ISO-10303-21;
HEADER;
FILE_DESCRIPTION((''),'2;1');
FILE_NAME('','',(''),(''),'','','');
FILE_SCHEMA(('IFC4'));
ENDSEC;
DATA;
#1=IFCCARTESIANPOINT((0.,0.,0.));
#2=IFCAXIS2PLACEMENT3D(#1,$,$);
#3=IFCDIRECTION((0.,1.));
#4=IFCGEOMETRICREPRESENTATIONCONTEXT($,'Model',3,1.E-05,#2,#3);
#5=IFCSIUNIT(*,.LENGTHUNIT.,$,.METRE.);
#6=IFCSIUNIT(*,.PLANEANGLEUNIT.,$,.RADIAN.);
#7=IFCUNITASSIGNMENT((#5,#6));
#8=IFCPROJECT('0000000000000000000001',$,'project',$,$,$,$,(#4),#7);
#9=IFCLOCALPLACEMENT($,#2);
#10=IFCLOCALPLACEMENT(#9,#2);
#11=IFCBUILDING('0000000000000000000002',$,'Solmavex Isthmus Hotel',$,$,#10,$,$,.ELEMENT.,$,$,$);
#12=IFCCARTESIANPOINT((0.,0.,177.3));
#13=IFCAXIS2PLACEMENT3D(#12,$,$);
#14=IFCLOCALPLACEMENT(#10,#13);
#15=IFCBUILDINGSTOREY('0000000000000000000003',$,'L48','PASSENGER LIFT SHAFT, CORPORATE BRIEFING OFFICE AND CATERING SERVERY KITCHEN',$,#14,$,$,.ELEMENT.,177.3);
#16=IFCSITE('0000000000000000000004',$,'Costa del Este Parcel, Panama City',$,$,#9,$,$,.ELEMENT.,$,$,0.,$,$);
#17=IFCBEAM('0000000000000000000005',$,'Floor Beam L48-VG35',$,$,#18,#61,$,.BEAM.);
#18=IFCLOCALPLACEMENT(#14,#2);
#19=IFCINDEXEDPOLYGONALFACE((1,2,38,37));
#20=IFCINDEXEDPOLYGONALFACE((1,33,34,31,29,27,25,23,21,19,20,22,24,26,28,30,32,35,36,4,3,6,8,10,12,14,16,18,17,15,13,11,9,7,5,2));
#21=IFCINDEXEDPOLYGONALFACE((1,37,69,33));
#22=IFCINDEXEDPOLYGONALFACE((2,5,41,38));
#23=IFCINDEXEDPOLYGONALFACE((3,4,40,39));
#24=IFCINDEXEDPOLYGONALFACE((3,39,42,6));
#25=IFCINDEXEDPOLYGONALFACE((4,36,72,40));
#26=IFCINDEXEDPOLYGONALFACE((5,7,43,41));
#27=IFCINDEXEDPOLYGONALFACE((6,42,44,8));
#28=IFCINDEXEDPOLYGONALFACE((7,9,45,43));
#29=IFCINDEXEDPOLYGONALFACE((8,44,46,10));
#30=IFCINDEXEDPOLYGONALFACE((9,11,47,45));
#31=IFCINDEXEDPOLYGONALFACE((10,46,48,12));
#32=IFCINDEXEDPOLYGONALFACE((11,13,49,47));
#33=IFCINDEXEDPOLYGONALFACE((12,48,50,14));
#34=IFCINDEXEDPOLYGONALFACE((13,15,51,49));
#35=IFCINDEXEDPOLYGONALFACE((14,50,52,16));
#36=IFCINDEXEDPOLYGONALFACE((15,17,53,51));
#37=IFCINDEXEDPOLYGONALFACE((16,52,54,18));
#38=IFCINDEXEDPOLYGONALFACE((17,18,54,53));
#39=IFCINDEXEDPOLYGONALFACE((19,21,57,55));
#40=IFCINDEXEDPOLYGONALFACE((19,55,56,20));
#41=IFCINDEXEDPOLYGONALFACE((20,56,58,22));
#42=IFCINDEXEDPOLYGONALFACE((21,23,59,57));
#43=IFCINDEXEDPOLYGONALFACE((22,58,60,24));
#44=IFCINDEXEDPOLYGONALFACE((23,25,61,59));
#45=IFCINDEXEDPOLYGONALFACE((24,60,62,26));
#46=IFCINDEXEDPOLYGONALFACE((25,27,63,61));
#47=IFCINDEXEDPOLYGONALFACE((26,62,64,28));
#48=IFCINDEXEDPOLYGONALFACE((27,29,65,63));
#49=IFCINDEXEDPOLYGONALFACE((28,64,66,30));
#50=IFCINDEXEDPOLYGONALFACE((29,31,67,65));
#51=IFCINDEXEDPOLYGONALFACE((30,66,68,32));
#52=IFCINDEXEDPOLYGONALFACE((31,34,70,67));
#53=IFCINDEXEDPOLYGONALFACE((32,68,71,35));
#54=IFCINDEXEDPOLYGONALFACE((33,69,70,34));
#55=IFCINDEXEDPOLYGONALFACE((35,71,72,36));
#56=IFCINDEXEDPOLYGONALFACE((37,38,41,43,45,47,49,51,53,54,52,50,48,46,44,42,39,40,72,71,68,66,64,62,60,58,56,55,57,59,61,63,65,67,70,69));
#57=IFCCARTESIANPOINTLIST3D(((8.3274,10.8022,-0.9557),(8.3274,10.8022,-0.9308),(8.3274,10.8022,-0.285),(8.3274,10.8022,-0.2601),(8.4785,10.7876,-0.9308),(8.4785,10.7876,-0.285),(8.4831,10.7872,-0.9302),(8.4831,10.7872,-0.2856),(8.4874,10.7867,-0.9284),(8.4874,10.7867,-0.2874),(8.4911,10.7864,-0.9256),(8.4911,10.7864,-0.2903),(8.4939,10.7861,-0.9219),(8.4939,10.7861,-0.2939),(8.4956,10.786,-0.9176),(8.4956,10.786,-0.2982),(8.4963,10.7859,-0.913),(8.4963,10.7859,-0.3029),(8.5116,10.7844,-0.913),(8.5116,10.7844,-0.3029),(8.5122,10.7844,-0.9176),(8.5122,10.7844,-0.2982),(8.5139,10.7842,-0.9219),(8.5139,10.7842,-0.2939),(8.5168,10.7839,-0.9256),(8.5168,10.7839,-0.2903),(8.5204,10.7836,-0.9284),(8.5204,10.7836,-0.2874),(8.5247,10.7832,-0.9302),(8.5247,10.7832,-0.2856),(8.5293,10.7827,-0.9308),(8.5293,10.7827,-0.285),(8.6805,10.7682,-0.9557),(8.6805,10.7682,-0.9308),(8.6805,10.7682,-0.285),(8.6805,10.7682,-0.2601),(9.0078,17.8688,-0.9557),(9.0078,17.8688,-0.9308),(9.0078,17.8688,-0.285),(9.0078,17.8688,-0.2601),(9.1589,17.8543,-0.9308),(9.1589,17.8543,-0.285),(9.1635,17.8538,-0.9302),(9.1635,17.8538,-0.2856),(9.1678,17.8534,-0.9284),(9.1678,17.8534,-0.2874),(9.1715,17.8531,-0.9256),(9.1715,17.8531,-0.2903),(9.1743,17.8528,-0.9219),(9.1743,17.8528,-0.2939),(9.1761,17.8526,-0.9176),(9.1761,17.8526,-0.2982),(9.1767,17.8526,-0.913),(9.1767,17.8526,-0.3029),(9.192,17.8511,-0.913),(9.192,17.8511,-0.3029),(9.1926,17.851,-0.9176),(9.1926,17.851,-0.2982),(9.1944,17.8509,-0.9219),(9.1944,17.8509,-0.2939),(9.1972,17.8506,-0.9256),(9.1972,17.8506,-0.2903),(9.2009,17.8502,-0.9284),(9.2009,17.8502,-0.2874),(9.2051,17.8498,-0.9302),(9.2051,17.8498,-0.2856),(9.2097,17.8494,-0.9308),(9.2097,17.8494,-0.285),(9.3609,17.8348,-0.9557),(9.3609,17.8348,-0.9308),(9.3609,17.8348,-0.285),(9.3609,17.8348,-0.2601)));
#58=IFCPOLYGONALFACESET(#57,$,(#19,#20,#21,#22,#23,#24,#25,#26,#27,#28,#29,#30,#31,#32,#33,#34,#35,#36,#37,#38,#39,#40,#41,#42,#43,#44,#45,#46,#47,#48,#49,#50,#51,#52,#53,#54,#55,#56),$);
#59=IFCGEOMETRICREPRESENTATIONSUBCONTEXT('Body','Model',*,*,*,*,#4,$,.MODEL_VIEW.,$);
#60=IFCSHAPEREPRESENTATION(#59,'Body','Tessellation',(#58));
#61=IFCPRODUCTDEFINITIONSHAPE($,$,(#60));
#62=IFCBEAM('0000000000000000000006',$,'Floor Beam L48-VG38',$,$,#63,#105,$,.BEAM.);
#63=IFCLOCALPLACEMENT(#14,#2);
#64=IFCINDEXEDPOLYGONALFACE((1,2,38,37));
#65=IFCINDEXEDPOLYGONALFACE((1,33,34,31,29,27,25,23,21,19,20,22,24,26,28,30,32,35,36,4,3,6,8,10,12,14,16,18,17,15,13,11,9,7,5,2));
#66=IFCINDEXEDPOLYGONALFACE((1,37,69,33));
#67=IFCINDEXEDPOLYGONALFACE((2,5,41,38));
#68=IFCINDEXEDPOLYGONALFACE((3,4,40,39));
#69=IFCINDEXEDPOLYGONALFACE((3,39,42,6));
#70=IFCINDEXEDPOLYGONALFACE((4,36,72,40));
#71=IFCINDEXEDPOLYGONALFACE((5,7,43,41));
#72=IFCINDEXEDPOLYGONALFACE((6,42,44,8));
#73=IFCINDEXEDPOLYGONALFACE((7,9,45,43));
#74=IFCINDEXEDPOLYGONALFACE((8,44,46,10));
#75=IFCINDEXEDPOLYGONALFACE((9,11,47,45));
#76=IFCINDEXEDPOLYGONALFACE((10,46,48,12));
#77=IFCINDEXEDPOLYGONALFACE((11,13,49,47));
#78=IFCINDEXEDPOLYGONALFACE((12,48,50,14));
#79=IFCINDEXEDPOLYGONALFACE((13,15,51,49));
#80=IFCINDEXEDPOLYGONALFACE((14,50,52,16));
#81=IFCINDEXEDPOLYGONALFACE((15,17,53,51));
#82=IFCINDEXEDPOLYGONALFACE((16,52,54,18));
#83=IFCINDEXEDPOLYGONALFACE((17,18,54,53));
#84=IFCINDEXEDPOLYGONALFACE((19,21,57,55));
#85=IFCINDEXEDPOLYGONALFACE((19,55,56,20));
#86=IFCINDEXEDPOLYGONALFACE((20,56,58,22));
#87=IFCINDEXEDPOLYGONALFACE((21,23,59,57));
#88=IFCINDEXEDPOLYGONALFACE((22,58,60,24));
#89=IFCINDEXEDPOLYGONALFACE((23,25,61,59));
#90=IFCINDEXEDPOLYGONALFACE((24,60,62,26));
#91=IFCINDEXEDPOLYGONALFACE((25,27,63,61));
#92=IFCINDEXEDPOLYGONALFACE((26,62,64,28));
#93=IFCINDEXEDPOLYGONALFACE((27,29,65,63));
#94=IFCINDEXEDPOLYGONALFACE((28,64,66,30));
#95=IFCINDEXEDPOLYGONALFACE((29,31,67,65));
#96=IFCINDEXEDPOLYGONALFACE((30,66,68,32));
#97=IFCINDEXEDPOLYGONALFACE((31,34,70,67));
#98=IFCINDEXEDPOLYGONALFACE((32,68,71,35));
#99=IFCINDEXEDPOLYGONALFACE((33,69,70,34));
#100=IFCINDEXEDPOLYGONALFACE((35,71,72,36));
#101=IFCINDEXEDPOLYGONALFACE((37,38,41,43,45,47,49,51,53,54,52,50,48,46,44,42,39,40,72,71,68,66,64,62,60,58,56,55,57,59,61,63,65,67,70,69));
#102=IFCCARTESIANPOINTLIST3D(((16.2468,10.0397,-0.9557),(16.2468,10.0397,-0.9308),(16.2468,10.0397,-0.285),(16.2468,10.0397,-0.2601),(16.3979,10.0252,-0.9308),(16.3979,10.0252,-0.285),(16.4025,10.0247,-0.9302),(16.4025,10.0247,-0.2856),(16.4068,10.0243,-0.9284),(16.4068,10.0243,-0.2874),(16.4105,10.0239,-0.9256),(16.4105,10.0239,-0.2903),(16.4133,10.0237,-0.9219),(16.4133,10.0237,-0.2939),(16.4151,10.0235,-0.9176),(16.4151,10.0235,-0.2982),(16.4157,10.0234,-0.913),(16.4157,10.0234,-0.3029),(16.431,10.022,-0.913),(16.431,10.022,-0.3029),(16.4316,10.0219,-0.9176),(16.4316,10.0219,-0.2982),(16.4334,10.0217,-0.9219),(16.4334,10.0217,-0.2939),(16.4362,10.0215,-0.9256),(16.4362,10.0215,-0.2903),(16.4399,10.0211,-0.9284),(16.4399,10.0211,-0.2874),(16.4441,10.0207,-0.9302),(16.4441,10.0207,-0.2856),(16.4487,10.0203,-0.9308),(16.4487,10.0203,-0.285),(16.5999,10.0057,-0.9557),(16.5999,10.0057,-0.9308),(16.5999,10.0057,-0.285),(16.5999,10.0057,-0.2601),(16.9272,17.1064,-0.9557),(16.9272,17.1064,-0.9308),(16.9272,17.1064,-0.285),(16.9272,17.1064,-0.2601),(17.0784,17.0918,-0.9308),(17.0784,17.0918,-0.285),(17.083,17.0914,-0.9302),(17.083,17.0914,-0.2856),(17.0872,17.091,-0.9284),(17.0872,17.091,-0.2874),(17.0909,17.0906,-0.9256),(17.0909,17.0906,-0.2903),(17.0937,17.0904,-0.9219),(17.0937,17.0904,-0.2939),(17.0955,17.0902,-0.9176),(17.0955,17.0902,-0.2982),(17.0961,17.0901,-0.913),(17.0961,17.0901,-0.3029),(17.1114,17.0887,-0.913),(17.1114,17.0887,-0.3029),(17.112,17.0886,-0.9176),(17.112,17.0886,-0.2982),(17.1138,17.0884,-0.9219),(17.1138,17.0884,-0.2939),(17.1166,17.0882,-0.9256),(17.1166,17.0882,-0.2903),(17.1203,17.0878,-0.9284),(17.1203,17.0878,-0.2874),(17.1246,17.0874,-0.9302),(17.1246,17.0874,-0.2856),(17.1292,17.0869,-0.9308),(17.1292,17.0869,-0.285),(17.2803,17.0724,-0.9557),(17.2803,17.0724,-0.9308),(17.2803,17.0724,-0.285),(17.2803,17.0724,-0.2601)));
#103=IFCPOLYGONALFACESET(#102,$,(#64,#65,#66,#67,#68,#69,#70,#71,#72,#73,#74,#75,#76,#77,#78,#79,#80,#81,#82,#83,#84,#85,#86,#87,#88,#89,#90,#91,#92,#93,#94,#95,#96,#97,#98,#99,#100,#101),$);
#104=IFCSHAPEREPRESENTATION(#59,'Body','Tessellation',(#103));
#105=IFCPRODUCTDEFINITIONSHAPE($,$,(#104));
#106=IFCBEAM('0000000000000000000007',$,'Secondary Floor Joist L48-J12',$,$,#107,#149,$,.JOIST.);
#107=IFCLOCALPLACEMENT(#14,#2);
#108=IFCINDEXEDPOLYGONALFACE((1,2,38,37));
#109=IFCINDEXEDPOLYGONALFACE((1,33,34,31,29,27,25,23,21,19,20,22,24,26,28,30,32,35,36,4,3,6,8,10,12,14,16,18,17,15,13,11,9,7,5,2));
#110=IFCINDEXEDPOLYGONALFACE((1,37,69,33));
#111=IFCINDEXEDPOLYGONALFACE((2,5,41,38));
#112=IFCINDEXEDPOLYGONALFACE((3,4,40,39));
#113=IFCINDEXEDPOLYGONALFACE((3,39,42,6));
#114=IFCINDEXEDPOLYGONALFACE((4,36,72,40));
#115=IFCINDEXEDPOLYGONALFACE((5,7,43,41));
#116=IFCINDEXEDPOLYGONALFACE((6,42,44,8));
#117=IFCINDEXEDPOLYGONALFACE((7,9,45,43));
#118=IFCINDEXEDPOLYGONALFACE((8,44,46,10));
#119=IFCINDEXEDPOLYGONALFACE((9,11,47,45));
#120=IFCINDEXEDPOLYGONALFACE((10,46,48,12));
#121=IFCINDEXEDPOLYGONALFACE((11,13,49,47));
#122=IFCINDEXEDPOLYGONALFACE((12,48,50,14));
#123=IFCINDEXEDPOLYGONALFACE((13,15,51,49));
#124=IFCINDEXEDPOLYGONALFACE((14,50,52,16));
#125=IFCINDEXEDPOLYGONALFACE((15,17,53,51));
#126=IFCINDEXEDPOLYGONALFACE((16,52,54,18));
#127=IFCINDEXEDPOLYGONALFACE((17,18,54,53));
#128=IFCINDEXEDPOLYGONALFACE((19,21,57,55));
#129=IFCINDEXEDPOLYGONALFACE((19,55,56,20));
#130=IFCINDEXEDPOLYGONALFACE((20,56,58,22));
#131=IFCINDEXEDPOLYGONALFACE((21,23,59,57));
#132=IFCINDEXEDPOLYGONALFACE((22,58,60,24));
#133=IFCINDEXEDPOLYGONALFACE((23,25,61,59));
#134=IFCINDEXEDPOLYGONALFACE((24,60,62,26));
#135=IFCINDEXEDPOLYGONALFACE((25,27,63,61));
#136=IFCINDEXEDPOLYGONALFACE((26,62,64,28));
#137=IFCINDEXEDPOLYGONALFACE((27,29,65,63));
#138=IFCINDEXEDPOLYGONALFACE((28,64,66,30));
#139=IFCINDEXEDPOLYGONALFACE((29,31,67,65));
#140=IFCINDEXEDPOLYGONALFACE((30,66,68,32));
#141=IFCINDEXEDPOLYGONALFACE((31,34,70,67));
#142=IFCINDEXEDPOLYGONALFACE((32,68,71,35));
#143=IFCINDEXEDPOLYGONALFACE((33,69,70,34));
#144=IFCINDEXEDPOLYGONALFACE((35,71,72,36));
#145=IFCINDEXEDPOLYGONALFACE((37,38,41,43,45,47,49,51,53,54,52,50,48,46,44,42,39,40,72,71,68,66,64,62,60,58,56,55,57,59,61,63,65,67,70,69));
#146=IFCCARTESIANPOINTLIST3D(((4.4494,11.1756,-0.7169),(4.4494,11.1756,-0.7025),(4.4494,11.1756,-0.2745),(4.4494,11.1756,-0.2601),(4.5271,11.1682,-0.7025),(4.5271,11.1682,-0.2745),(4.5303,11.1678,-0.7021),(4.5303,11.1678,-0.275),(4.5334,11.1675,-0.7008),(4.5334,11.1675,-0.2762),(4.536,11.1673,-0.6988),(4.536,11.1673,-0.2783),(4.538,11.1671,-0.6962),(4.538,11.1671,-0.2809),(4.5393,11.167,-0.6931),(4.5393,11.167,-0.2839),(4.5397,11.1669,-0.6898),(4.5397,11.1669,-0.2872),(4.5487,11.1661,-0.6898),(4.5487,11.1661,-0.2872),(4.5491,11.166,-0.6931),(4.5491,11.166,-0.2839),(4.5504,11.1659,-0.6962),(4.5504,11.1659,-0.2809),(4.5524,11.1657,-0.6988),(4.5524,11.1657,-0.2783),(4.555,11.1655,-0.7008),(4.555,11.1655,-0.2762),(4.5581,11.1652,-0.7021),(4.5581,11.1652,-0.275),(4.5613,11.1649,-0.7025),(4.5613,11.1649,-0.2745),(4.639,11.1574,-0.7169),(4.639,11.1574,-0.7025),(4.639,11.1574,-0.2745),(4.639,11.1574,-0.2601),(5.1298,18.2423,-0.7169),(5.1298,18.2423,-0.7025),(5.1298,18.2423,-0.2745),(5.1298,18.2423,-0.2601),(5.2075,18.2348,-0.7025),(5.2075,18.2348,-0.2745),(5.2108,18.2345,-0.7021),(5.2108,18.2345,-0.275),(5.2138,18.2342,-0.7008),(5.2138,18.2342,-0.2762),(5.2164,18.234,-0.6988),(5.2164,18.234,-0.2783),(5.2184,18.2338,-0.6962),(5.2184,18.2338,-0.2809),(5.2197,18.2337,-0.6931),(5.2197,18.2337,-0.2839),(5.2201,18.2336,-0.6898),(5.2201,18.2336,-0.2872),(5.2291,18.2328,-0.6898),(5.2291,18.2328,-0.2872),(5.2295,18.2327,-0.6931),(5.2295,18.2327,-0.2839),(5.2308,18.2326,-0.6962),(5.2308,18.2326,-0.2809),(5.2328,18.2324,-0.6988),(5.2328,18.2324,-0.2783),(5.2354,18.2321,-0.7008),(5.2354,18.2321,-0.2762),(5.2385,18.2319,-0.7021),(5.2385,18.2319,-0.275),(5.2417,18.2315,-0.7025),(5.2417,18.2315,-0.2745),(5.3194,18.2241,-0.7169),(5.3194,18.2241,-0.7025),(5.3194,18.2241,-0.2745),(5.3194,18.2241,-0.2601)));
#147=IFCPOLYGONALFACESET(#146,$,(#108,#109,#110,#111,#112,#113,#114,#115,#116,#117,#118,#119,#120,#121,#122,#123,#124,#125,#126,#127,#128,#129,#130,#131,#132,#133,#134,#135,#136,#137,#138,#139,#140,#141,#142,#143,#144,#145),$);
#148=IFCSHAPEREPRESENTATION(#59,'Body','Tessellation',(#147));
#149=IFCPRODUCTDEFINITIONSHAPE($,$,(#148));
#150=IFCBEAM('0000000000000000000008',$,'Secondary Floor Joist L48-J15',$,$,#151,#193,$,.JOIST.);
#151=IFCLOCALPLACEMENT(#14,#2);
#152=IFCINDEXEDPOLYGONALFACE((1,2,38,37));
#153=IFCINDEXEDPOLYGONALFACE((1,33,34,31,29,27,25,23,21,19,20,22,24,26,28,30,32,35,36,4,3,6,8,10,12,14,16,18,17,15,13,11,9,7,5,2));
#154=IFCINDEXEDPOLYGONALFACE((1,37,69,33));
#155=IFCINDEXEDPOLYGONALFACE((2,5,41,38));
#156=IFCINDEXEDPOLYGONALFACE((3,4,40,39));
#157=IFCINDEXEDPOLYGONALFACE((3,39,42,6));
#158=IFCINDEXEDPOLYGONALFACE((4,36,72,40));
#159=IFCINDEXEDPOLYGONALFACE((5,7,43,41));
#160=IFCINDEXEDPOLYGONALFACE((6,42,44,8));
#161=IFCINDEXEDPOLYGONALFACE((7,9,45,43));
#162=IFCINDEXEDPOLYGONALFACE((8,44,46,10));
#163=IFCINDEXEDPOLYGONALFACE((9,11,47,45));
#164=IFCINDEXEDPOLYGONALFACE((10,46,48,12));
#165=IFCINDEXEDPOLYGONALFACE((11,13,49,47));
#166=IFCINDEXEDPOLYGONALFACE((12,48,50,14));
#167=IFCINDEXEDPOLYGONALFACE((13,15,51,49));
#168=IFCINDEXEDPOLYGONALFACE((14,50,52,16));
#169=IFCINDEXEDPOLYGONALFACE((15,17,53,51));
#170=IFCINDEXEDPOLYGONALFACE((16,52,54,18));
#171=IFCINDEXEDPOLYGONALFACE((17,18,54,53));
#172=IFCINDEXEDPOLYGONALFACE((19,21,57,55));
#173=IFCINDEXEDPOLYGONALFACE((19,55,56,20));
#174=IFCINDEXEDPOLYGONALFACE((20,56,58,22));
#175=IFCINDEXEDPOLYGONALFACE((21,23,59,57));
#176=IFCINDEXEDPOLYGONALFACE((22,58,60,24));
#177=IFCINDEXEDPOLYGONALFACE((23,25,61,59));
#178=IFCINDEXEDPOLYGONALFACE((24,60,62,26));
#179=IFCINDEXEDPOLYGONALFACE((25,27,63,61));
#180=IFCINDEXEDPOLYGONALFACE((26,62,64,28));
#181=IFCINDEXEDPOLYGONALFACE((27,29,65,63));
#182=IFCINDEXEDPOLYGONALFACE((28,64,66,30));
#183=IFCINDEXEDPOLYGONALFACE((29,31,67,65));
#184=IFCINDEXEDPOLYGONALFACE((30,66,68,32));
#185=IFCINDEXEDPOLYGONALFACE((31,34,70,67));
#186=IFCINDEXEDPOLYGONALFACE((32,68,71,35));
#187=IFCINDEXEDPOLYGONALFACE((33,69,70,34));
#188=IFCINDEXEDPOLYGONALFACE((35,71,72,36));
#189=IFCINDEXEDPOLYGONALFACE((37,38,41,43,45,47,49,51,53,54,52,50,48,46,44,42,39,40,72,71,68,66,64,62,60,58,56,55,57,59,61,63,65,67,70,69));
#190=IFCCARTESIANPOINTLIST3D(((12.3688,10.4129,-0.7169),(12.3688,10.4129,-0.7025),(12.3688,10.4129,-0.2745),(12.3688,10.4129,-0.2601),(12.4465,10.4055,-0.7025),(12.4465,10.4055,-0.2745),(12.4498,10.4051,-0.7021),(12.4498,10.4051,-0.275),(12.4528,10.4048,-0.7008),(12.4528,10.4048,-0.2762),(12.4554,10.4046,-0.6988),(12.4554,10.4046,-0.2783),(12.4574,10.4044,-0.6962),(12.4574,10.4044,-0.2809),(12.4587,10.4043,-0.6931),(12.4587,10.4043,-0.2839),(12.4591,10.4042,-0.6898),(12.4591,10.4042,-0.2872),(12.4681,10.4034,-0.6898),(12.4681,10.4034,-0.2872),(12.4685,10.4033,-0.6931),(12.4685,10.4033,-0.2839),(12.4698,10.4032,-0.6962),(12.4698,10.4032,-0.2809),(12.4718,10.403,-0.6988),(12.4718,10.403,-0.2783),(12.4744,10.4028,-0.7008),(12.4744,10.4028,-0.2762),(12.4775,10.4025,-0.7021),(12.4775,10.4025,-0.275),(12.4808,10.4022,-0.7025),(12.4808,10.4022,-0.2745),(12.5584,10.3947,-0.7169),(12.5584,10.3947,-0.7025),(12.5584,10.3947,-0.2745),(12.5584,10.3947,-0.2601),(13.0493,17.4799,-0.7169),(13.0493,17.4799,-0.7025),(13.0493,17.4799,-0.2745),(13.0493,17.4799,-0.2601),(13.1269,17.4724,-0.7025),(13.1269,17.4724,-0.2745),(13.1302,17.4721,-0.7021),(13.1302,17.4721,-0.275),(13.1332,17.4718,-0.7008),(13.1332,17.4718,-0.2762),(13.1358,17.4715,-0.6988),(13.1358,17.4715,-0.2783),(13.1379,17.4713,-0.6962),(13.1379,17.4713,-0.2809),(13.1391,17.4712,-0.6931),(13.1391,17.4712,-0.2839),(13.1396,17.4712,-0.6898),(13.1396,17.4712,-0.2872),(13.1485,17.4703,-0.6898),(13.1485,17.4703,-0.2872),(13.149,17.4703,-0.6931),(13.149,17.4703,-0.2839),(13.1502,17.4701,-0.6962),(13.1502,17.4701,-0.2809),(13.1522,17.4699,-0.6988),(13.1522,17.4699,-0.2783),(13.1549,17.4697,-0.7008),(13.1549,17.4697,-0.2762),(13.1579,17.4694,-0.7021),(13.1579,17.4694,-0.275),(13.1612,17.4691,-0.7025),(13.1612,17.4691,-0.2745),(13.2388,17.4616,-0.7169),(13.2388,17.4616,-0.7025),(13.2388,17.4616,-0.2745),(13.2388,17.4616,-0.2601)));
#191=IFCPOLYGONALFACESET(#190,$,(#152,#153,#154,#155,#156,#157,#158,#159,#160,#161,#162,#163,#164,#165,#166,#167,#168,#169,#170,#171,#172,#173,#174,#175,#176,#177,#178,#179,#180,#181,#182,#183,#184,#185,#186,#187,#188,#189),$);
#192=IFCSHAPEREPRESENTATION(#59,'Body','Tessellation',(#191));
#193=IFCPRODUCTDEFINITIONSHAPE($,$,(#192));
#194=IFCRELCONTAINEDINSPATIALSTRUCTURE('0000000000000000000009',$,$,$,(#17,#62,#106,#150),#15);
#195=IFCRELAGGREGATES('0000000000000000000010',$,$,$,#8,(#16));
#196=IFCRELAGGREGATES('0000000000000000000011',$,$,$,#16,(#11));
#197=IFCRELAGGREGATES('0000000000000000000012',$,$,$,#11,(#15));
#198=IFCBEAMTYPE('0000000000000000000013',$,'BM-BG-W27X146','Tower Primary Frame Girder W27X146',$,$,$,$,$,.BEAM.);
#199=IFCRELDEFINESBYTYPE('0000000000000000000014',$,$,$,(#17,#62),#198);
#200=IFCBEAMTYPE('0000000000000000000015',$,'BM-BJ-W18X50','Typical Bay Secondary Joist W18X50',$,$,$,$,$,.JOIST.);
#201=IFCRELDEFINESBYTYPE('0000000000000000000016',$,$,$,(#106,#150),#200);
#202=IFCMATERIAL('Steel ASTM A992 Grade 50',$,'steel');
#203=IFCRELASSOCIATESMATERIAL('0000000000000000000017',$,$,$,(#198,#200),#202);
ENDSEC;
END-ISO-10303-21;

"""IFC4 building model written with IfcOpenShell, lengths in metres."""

from ifc_helpers import new_model, si_unit, direction, frame, origin, origin_2d, place, context, subcontext, project, spatial, i_section, extrude, material, material_profile, profile_set, type_object, element, save


model = new_model("IFC4")

# Units and contexts
model_context = context("Model", 3, precision=1e-05, world=origin(), true_north=direction((0.0, 1.0)))
body_context = subcontext(model_context, "Body", "Model", "MODEL_VIEW")
ifc_project = project(units=[si_unit("LENGTHUNIT", "METRE"), si_unit("PLANEANGLEUNIT", "RADIAN")], contexts=[model_context])

# Site, building, storey
site_placement = place(None, origin())
site = spatial("IfcSite", under=ifc_project, at=site_placement, Name="Costa del Este Parcel, Panama City", CompositionType="ELEMENT", RefElevation=0.0)
building_placement = place(site_placement, origin())
building = spatial("IfcBuilding", under=site, at=building_placement, Name="Solmavex Isthmus Hotel", CompositionType="ELEMENT")
storey_placement = place(building_placement, frame((0.0, 0.0, 177.3)))
storey = spatial("IfcBuildingStorey", under=building, at=storey_placement, Name="L48", Description="PASSENGER LIFT SHAFT, CORPORATE BRIEFING OFFICE AND CATERING SERVERY KITCHEN", CompositionType="ELEMENT", Elevation=177.3)

# Beams
ifc_material_1 = material(Name="Steel ASTM A992 Grade 50", Category="steel")
ifc_material_profile_1 = material_profile(ifc_material_1, i_section(OverallWidth=0.3547, OverallDepth=0.6956, WebThickness=0.0154, FlangeThickness=0.0249, FilletRadius=0.0178, at=origin_2d()), Name="W27X146")
ifc_profile_set_1 = profile_set([ifc_material_profile_1], Name="Steel ASTM A992 Grade 50")
beam_type_1 = type_object("IfcBeamType", Name="BM-BG-W27X146", Description="Tower Primary Frame Girder W27X146", PredefinedType="BEAM", material=ifc_profile_set_1)
for number, where, z_axis, x_axis, name in (
    (1, (8.5039, 10.7852, -0.6079), (0.095843, 0.995396, 0.0), (-0.995396, 0.095843, 0.0), "Floor Beam L48-VG35"),
    (2, (16.4233, 10.0227, -0.6079), (0.095843, 0.995396, 0.0), (-0.995396, 0.095843, 0.0), "Floor Beam L48-VG38"),
):
    element("IfcBeam", number, at=place(storey_placement, frame(where, z_axis=z_axis, x_axis=x_axis)), inside=storey, type_object=beam_type_1, Name=name, PredefinedType="BEAM", context=body_context, shape_type="SweptSolid", body=[
        extrude(i_section(OverallWidth=0.3547, OverallDepth=0.6956, WebThickness=0.0154, FlangeThickness=0.0249, FilletRadius=0.0178, at=origin_2d()), origin(), (0.0, 0.0, 1.0), 7.0994),
    ])
ifc_material_profile_2 = material_profile(ifc_material_1, i_section(OverallWidth=0.1904, OverallDepth=0.4568, WebThickness=0.009, FlangeThickness=0.0144, FilletRadius=0.0127, at=origin_2d()), Name="W18X50")
ifc_profile_set_2 = profile_set([ifc_material_profile_2], Name="Steel ASTM A992 Grade 50")
beam_type_2 = type_object("IfcBeamType", Name="BM-BJ-W18X50", Description="Typical Bay Secondary Joist W18X50", PredefinedType="JOIST", material=ifc_profile_set_2)
beam_1_placement = place(storey_placement, frame((4.5442, 11.1665, -0.4885), z_axis=(0.095843, 0.995396, 0.0), x_axis=(-0.995396, 0.095843, 0.0)))
element("IfcBeam", 3, at=beam_1_placement, inside=storey, type_object=beam_type_2, Name="Secondary Floor Joist L48-J12", PredefinedType="JOIST", context=body_context, shape_type="SweptSolid", body=[
    extrude(i_section(OverallWidth=0.1904, OverallDepth=0.4568, WebThickness=0.009, FlangeThickness=0.0144, FilletRadius=0.0127, at=origin_2d()), origin(), (0.0, 0.0, 1.0), 7.0994),
])
beam_2_placement = place(storey_placement, frame((12.4636, 10.4038, -0.4885), z_axis=(0.09584, 0.995397, 0.0), x_axis=(-0.995397, 0.09584, 0.0)))
element("IfcBeam", 4, at=beam_2_placement, inside=storey, type_object=beam_type_2, Name="Secondary Floor Joist L48-J15", PredefinedType="JOIST", context=body_context, shape_type="SweptSolid", body=[
    extrude(i_section(OverallWidth=0.1904, OverallDepth=0.4568, WebThickness=0.009, FlangeThickness=0.0144, FilletRadius=0.0127, at=origin_2d()), origin(), (0.0, 0.0, 1.0), 7.0996),
])

save(model, "model.ifc")
